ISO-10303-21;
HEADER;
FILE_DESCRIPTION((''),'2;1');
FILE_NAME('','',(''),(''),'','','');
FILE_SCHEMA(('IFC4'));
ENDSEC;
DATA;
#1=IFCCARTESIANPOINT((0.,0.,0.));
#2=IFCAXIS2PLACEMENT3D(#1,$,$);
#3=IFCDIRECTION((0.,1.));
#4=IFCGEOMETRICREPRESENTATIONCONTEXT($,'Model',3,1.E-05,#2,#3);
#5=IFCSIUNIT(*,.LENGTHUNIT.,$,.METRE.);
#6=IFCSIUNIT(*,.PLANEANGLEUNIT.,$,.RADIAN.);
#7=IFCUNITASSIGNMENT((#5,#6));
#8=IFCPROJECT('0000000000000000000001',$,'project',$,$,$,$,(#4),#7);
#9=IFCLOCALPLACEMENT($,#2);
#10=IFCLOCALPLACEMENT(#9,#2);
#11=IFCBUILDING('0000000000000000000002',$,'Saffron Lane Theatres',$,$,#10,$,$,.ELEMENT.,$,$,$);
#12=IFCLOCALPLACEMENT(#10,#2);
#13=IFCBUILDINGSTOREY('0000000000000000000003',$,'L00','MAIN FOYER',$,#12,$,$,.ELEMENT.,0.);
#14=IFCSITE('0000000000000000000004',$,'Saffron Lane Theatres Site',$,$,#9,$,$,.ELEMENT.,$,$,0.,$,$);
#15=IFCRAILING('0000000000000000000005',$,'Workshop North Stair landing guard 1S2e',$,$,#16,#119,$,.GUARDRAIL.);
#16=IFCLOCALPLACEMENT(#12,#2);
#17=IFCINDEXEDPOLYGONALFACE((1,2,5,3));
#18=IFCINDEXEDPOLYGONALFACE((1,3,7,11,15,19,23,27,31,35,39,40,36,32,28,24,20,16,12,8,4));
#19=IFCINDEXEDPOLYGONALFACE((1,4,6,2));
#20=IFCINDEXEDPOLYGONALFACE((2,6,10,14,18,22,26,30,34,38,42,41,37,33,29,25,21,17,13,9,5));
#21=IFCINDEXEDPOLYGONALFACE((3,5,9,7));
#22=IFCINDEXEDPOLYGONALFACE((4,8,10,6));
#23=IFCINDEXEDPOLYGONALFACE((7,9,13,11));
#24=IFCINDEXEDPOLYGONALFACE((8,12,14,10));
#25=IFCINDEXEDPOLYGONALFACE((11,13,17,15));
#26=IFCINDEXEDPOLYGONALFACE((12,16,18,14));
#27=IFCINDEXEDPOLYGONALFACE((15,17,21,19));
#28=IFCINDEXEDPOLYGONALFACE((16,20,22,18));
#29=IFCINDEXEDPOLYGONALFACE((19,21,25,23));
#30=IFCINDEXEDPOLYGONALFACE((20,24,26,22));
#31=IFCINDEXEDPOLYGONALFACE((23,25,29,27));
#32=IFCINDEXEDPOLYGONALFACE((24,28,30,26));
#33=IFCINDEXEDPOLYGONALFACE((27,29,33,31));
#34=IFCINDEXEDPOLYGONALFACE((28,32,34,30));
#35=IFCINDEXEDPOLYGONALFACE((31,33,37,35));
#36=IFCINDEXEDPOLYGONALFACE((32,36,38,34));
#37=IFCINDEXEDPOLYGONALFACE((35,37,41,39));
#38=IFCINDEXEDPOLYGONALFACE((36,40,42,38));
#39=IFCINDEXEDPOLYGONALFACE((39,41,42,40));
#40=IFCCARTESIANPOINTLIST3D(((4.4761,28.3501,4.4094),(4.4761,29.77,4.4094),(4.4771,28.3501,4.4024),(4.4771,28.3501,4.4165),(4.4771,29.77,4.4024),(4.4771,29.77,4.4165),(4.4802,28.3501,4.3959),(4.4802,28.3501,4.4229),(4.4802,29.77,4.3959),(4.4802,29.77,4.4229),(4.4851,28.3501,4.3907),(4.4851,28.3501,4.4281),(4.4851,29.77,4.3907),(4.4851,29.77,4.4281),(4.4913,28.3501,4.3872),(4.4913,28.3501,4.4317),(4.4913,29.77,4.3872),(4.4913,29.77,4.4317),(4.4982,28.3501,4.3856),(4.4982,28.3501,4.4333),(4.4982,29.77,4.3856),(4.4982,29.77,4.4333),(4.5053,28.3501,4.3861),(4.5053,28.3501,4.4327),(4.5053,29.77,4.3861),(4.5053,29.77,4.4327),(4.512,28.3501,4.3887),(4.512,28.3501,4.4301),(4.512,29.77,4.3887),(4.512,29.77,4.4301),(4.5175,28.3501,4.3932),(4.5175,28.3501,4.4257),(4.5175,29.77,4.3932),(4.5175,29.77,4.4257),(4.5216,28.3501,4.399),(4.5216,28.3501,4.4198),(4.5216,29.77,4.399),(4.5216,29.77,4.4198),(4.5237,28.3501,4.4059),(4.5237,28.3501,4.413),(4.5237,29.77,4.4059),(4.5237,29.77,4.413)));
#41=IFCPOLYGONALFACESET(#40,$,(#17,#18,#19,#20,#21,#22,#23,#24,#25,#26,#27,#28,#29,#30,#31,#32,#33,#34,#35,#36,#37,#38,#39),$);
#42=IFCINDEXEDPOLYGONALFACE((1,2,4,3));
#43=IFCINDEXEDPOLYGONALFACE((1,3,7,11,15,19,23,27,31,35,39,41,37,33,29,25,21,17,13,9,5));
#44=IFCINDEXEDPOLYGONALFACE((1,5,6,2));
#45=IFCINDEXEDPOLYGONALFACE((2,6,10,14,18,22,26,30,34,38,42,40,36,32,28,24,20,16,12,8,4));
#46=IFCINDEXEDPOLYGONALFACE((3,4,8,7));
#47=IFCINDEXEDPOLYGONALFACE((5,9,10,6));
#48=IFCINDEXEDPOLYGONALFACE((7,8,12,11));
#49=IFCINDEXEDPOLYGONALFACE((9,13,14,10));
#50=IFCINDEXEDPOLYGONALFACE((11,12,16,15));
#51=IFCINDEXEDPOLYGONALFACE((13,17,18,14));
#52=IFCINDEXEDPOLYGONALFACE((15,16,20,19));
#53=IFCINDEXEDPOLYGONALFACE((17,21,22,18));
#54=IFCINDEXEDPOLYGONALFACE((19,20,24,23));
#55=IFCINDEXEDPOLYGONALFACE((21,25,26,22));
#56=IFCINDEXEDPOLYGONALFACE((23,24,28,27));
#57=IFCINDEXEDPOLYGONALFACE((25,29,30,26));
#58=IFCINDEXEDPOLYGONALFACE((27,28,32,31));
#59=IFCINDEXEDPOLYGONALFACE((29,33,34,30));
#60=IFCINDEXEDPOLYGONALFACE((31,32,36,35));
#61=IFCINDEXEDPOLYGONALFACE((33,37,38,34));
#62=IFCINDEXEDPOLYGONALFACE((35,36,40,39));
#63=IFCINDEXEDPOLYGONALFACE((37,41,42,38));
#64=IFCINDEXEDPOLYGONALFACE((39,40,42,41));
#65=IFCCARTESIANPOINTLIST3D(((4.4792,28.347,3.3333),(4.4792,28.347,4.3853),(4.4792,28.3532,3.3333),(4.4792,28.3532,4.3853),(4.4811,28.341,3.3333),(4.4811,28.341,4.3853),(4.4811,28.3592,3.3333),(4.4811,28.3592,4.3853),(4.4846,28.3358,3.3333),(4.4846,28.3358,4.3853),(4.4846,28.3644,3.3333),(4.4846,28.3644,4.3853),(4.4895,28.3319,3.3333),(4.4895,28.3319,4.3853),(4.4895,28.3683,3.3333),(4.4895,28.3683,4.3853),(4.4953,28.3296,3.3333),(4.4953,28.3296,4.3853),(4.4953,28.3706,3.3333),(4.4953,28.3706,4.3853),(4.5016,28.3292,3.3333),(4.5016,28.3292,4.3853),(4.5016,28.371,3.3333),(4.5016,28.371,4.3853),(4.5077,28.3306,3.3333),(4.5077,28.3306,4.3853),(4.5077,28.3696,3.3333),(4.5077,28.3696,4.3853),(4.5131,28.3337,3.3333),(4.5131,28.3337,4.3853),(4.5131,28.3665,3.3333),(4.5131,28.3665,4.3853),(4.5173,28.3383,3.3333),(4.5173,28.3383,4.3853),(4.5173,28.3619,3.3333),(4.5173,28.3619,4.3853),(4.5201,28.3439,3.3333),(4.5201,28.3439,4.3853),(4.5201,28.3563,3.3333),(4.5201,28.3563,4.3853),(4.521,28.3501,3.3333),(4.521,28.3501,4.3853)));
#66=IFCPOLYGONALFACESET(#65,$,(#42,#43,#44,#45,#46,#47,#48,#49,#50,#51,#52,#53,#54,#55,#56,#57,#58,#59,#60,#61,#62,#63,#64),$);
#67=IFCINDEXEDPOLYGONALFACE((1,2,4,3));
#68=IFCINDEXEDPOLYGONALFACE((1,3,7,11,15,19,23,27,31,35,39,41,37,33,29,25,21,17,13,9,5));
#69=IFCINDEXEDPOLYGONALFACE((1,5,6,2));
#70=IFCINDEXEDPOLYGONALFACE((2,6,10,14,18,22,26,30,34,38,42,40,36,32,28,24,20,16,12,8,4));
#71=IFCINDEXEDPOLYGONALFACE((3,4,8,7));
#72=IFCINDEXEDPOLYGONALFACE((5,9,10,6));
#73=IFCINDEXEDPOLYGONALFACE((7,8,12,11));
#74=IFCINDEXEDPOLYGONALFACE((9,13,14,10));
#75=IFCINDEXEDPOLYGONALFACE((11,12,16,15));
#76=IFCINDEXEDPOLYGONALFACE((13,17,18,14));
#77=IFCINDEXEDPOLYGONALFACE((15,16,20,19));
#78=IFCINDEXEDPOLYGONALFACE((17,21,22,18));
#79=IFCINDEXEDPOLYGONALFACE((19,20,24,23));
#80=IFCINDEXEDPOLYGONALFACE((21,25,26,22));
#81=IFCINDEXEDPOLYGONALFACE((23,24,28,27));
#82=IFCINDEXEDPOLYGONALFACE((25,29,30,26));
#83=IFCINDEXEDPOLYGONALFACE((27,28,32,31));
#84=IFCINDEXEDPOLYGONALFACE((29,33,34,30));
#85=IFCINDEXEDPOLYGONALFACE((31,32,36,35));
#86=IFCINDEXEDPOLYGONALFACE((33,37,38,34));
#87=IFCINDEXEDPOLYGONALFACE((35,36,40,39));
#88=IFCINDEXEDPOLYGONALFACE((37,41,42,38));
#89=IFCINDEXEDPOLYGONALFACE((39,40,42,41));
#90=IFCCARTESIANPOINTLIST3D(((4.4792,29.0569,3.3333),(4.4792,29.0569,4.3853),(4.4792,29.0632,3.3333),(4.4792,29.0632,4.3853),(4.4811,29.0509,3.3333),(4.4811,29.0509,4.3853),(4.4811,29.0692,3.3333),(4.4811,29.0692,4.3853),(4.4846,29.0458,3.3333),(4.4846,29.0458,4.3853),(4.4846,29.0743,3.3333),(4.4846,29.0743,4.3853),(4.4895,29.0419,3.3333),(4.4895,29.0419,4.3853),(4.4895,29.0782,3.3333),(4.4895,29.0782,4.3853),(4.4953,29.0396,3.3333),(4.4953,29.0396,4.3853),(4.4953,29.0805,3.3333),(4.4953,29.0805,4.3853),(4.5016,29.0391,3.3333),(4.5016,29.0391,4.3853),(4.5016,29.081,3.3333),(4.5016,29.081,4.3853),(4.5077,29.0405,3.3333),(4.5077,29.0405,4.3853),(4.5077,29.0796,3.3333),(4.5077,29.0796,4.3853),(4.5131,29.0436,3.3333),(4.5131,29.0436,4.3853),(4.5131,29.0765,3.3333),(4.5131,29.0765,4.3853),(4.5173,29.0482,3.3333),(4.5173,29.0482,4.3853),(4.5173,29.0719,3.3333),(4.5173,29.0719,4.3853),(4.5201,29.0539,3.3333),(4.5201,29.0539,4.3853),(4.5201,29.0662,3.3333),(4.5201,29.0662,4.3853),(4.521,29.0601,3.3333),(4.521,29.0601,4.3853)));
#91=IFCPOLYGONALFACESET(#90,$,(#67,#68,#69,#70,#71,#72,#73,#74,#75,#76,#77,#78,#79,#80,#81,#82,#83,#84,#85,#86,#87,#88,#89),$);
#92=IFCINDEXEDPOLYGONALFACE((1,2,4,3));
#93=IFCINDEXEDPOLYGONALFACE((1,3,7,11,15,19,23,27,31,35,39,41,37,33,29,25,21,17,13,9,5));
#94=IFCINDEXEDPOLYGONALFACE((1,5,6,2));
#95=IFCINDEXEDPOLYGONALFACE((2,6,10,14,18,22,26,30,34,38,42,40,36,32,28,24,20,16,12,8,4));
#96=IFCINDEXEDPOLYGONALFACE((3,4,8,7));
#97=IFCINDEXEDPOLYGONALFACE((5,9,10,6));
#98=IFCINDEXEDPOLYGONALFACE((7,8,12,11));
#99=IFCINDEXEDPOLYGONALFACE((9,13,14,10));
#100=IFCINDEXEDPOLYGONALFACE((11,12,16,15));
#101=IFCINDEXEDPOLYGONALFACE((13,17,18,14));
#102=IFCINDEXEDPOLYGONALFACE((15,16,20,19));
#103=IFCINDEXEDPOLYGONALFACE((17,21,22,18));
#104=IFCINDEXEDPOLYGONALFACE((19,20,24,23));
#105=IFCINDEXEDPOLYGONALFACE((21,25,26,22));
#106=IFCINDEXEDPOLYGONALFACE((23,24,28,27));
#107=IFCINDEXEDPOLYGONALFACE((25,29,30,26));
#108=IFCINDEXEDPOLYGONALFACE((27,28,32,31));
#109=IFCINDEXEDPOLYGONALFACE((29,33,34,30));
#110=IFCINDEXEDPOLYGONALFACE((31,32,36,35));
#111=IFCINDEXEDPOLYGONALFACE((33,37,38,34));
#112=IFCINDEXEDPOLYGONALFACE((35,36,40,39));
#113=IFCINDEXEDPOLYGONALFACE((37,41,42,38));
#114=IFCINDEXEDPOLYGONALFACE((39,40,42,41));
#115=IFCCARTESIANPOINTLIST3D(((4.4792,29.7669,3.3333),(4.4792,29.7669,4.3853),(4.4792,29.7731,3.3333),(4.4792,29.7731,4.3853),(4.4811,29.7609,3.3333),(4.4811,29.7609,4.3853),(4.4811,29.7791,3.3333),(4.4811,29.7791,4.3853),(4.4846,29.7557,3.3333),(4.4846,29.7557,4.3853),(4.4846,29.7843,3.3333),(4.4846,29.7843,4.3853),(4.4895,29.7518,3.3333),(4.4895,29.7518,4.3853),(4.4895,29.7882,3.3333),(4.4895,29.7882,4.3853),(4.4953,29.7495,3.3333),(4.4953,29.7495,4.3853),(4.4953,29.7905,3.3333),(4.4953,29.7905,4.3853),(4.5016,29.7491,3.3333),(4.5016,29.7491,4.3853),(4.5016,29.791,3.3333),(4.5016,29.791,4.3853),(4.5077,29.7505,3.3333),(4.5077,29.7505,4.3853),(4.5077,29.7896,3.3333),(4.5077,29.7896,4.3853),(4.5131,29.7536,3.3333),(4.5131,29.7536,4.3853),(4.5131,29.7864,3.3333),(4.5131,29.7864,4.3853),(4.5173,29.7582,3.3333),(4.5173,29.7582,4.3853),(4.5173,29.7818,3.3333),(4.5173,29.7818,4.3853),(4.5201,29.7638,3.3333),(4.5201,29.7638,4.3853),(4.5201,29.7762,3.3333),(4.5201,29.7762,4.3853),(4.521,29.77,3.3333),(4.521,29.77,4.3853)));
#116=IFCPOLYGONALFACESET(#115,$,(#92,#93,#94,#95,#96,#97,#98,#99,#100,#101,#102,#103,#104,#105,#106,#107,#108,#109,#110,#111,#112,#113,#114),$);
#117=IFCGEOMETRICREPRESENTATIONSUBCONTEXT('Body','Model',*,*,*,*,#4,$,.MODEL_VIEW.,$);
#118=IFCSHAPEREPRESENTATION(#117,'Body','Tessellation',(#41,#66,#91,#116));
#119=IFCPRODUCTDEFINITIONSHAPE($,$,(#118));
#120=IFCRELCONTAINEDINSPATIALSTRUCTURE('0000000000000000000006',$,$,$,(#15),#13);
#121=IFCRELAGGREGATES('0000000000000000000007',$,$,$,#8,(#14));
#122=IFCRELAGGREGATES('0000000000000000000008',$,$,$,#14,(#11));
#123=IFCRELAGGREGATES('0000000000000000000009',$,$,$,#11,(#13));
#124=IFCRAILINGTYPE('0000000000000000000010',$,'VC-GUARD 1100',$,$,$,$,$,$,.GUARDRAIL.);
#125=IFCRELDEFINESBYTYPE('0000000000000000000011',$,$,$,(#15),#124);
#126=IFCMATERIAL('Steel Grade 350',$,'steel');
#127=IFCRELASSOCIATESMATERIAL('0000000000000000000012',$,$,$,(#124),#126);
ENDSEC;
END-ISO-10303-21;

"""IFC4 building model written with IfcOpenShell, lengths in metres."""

from ifc_helpers import new_model, si_unit, direction, frame, origin, origin_2d, place, context, subcontext, project, spatial, circle, extrude, material, type_object, element, save


model = new_model("IFC4")

# Units and contexts
model_context = context("Model", 3, precision=1e-05, world=origin(), true_north=direction((0.0, 1.0)))
body_context = subcontext(model_context, "Body", "Model", "MODEL_VIEW")
ifc_project = project(units=[si_unit("LENGTHUNIT", "METRE"), si_unit("PLANEANGLEUNIT", "RADIAN")], contexts=[model_context])

# Site, building, storey
site_placement = place(None, origin())
site = spatial("IfcSite", under=ifc_project, at=site_placement, Name="Saffron Lane Theatres Site", CompositionType="ELEMENT", RefElevation=0.0)
building_placement = place(site_placement, origin())
building = spatial("IfcBuilding", under=site, at=building_placement, Name="Saffron Lane Theatres", CompositionType="ELEMENT")
storey_placement = place(building_placement, origin())
storey = spatial("IfcBuildingStorey", under=building, at=storey_placement, Name="L00", Description="MAIN FOYER", CompositionType="ELEMENT", Elevation=0.0)

# Railing
ifc_material_1 = material(Name="Steel Grade 350", Category="steel")
railing_type_1 = type_object("IfcRailingType", Name="VC-GUARD 1100", PredefinedType="GUARDRAIL", material=ifc_material_1)
railing_1_placement = place(storey_placement, frame((4.5, 28.3501, 3.3333)))
element("IfcRailing", 1, at=railing_1_placement, inside=storey, type_object=railing_type_1, Name="Workshop North Stair landing guard 1S2e", PredefinedType="GUARDRAIL", context=body_context, shape_type="SweptSolid", body=[
    extrude(circle(Radius=0.0239, at=origin_2d()), frame((0.0, 0.0, 1.0762), z_axis=(0.0, 1.0, 0.0), x_axis=(-1.0, 0.0, 0.0)), (0.0, 0.0, 1.0), 1.4199),
    extrude(circle(Radius=0.021, at=origin_2d()), origin(), (0.0, 0.0, 1.0), 1.052),
    extrude(circle(Radius=0.021, at=origin_2d()), frame((0.0, 0.71, 0.0)), (0.0, 0.0, 1.0), 1.052),
    extrude(circle(Radius=0.021, at=origin_2d()), frame((0.0, 1.4199, 0.0)), (0.0, 0.0, 1.0), 1.052),
])

save(model, "model.ifc")
